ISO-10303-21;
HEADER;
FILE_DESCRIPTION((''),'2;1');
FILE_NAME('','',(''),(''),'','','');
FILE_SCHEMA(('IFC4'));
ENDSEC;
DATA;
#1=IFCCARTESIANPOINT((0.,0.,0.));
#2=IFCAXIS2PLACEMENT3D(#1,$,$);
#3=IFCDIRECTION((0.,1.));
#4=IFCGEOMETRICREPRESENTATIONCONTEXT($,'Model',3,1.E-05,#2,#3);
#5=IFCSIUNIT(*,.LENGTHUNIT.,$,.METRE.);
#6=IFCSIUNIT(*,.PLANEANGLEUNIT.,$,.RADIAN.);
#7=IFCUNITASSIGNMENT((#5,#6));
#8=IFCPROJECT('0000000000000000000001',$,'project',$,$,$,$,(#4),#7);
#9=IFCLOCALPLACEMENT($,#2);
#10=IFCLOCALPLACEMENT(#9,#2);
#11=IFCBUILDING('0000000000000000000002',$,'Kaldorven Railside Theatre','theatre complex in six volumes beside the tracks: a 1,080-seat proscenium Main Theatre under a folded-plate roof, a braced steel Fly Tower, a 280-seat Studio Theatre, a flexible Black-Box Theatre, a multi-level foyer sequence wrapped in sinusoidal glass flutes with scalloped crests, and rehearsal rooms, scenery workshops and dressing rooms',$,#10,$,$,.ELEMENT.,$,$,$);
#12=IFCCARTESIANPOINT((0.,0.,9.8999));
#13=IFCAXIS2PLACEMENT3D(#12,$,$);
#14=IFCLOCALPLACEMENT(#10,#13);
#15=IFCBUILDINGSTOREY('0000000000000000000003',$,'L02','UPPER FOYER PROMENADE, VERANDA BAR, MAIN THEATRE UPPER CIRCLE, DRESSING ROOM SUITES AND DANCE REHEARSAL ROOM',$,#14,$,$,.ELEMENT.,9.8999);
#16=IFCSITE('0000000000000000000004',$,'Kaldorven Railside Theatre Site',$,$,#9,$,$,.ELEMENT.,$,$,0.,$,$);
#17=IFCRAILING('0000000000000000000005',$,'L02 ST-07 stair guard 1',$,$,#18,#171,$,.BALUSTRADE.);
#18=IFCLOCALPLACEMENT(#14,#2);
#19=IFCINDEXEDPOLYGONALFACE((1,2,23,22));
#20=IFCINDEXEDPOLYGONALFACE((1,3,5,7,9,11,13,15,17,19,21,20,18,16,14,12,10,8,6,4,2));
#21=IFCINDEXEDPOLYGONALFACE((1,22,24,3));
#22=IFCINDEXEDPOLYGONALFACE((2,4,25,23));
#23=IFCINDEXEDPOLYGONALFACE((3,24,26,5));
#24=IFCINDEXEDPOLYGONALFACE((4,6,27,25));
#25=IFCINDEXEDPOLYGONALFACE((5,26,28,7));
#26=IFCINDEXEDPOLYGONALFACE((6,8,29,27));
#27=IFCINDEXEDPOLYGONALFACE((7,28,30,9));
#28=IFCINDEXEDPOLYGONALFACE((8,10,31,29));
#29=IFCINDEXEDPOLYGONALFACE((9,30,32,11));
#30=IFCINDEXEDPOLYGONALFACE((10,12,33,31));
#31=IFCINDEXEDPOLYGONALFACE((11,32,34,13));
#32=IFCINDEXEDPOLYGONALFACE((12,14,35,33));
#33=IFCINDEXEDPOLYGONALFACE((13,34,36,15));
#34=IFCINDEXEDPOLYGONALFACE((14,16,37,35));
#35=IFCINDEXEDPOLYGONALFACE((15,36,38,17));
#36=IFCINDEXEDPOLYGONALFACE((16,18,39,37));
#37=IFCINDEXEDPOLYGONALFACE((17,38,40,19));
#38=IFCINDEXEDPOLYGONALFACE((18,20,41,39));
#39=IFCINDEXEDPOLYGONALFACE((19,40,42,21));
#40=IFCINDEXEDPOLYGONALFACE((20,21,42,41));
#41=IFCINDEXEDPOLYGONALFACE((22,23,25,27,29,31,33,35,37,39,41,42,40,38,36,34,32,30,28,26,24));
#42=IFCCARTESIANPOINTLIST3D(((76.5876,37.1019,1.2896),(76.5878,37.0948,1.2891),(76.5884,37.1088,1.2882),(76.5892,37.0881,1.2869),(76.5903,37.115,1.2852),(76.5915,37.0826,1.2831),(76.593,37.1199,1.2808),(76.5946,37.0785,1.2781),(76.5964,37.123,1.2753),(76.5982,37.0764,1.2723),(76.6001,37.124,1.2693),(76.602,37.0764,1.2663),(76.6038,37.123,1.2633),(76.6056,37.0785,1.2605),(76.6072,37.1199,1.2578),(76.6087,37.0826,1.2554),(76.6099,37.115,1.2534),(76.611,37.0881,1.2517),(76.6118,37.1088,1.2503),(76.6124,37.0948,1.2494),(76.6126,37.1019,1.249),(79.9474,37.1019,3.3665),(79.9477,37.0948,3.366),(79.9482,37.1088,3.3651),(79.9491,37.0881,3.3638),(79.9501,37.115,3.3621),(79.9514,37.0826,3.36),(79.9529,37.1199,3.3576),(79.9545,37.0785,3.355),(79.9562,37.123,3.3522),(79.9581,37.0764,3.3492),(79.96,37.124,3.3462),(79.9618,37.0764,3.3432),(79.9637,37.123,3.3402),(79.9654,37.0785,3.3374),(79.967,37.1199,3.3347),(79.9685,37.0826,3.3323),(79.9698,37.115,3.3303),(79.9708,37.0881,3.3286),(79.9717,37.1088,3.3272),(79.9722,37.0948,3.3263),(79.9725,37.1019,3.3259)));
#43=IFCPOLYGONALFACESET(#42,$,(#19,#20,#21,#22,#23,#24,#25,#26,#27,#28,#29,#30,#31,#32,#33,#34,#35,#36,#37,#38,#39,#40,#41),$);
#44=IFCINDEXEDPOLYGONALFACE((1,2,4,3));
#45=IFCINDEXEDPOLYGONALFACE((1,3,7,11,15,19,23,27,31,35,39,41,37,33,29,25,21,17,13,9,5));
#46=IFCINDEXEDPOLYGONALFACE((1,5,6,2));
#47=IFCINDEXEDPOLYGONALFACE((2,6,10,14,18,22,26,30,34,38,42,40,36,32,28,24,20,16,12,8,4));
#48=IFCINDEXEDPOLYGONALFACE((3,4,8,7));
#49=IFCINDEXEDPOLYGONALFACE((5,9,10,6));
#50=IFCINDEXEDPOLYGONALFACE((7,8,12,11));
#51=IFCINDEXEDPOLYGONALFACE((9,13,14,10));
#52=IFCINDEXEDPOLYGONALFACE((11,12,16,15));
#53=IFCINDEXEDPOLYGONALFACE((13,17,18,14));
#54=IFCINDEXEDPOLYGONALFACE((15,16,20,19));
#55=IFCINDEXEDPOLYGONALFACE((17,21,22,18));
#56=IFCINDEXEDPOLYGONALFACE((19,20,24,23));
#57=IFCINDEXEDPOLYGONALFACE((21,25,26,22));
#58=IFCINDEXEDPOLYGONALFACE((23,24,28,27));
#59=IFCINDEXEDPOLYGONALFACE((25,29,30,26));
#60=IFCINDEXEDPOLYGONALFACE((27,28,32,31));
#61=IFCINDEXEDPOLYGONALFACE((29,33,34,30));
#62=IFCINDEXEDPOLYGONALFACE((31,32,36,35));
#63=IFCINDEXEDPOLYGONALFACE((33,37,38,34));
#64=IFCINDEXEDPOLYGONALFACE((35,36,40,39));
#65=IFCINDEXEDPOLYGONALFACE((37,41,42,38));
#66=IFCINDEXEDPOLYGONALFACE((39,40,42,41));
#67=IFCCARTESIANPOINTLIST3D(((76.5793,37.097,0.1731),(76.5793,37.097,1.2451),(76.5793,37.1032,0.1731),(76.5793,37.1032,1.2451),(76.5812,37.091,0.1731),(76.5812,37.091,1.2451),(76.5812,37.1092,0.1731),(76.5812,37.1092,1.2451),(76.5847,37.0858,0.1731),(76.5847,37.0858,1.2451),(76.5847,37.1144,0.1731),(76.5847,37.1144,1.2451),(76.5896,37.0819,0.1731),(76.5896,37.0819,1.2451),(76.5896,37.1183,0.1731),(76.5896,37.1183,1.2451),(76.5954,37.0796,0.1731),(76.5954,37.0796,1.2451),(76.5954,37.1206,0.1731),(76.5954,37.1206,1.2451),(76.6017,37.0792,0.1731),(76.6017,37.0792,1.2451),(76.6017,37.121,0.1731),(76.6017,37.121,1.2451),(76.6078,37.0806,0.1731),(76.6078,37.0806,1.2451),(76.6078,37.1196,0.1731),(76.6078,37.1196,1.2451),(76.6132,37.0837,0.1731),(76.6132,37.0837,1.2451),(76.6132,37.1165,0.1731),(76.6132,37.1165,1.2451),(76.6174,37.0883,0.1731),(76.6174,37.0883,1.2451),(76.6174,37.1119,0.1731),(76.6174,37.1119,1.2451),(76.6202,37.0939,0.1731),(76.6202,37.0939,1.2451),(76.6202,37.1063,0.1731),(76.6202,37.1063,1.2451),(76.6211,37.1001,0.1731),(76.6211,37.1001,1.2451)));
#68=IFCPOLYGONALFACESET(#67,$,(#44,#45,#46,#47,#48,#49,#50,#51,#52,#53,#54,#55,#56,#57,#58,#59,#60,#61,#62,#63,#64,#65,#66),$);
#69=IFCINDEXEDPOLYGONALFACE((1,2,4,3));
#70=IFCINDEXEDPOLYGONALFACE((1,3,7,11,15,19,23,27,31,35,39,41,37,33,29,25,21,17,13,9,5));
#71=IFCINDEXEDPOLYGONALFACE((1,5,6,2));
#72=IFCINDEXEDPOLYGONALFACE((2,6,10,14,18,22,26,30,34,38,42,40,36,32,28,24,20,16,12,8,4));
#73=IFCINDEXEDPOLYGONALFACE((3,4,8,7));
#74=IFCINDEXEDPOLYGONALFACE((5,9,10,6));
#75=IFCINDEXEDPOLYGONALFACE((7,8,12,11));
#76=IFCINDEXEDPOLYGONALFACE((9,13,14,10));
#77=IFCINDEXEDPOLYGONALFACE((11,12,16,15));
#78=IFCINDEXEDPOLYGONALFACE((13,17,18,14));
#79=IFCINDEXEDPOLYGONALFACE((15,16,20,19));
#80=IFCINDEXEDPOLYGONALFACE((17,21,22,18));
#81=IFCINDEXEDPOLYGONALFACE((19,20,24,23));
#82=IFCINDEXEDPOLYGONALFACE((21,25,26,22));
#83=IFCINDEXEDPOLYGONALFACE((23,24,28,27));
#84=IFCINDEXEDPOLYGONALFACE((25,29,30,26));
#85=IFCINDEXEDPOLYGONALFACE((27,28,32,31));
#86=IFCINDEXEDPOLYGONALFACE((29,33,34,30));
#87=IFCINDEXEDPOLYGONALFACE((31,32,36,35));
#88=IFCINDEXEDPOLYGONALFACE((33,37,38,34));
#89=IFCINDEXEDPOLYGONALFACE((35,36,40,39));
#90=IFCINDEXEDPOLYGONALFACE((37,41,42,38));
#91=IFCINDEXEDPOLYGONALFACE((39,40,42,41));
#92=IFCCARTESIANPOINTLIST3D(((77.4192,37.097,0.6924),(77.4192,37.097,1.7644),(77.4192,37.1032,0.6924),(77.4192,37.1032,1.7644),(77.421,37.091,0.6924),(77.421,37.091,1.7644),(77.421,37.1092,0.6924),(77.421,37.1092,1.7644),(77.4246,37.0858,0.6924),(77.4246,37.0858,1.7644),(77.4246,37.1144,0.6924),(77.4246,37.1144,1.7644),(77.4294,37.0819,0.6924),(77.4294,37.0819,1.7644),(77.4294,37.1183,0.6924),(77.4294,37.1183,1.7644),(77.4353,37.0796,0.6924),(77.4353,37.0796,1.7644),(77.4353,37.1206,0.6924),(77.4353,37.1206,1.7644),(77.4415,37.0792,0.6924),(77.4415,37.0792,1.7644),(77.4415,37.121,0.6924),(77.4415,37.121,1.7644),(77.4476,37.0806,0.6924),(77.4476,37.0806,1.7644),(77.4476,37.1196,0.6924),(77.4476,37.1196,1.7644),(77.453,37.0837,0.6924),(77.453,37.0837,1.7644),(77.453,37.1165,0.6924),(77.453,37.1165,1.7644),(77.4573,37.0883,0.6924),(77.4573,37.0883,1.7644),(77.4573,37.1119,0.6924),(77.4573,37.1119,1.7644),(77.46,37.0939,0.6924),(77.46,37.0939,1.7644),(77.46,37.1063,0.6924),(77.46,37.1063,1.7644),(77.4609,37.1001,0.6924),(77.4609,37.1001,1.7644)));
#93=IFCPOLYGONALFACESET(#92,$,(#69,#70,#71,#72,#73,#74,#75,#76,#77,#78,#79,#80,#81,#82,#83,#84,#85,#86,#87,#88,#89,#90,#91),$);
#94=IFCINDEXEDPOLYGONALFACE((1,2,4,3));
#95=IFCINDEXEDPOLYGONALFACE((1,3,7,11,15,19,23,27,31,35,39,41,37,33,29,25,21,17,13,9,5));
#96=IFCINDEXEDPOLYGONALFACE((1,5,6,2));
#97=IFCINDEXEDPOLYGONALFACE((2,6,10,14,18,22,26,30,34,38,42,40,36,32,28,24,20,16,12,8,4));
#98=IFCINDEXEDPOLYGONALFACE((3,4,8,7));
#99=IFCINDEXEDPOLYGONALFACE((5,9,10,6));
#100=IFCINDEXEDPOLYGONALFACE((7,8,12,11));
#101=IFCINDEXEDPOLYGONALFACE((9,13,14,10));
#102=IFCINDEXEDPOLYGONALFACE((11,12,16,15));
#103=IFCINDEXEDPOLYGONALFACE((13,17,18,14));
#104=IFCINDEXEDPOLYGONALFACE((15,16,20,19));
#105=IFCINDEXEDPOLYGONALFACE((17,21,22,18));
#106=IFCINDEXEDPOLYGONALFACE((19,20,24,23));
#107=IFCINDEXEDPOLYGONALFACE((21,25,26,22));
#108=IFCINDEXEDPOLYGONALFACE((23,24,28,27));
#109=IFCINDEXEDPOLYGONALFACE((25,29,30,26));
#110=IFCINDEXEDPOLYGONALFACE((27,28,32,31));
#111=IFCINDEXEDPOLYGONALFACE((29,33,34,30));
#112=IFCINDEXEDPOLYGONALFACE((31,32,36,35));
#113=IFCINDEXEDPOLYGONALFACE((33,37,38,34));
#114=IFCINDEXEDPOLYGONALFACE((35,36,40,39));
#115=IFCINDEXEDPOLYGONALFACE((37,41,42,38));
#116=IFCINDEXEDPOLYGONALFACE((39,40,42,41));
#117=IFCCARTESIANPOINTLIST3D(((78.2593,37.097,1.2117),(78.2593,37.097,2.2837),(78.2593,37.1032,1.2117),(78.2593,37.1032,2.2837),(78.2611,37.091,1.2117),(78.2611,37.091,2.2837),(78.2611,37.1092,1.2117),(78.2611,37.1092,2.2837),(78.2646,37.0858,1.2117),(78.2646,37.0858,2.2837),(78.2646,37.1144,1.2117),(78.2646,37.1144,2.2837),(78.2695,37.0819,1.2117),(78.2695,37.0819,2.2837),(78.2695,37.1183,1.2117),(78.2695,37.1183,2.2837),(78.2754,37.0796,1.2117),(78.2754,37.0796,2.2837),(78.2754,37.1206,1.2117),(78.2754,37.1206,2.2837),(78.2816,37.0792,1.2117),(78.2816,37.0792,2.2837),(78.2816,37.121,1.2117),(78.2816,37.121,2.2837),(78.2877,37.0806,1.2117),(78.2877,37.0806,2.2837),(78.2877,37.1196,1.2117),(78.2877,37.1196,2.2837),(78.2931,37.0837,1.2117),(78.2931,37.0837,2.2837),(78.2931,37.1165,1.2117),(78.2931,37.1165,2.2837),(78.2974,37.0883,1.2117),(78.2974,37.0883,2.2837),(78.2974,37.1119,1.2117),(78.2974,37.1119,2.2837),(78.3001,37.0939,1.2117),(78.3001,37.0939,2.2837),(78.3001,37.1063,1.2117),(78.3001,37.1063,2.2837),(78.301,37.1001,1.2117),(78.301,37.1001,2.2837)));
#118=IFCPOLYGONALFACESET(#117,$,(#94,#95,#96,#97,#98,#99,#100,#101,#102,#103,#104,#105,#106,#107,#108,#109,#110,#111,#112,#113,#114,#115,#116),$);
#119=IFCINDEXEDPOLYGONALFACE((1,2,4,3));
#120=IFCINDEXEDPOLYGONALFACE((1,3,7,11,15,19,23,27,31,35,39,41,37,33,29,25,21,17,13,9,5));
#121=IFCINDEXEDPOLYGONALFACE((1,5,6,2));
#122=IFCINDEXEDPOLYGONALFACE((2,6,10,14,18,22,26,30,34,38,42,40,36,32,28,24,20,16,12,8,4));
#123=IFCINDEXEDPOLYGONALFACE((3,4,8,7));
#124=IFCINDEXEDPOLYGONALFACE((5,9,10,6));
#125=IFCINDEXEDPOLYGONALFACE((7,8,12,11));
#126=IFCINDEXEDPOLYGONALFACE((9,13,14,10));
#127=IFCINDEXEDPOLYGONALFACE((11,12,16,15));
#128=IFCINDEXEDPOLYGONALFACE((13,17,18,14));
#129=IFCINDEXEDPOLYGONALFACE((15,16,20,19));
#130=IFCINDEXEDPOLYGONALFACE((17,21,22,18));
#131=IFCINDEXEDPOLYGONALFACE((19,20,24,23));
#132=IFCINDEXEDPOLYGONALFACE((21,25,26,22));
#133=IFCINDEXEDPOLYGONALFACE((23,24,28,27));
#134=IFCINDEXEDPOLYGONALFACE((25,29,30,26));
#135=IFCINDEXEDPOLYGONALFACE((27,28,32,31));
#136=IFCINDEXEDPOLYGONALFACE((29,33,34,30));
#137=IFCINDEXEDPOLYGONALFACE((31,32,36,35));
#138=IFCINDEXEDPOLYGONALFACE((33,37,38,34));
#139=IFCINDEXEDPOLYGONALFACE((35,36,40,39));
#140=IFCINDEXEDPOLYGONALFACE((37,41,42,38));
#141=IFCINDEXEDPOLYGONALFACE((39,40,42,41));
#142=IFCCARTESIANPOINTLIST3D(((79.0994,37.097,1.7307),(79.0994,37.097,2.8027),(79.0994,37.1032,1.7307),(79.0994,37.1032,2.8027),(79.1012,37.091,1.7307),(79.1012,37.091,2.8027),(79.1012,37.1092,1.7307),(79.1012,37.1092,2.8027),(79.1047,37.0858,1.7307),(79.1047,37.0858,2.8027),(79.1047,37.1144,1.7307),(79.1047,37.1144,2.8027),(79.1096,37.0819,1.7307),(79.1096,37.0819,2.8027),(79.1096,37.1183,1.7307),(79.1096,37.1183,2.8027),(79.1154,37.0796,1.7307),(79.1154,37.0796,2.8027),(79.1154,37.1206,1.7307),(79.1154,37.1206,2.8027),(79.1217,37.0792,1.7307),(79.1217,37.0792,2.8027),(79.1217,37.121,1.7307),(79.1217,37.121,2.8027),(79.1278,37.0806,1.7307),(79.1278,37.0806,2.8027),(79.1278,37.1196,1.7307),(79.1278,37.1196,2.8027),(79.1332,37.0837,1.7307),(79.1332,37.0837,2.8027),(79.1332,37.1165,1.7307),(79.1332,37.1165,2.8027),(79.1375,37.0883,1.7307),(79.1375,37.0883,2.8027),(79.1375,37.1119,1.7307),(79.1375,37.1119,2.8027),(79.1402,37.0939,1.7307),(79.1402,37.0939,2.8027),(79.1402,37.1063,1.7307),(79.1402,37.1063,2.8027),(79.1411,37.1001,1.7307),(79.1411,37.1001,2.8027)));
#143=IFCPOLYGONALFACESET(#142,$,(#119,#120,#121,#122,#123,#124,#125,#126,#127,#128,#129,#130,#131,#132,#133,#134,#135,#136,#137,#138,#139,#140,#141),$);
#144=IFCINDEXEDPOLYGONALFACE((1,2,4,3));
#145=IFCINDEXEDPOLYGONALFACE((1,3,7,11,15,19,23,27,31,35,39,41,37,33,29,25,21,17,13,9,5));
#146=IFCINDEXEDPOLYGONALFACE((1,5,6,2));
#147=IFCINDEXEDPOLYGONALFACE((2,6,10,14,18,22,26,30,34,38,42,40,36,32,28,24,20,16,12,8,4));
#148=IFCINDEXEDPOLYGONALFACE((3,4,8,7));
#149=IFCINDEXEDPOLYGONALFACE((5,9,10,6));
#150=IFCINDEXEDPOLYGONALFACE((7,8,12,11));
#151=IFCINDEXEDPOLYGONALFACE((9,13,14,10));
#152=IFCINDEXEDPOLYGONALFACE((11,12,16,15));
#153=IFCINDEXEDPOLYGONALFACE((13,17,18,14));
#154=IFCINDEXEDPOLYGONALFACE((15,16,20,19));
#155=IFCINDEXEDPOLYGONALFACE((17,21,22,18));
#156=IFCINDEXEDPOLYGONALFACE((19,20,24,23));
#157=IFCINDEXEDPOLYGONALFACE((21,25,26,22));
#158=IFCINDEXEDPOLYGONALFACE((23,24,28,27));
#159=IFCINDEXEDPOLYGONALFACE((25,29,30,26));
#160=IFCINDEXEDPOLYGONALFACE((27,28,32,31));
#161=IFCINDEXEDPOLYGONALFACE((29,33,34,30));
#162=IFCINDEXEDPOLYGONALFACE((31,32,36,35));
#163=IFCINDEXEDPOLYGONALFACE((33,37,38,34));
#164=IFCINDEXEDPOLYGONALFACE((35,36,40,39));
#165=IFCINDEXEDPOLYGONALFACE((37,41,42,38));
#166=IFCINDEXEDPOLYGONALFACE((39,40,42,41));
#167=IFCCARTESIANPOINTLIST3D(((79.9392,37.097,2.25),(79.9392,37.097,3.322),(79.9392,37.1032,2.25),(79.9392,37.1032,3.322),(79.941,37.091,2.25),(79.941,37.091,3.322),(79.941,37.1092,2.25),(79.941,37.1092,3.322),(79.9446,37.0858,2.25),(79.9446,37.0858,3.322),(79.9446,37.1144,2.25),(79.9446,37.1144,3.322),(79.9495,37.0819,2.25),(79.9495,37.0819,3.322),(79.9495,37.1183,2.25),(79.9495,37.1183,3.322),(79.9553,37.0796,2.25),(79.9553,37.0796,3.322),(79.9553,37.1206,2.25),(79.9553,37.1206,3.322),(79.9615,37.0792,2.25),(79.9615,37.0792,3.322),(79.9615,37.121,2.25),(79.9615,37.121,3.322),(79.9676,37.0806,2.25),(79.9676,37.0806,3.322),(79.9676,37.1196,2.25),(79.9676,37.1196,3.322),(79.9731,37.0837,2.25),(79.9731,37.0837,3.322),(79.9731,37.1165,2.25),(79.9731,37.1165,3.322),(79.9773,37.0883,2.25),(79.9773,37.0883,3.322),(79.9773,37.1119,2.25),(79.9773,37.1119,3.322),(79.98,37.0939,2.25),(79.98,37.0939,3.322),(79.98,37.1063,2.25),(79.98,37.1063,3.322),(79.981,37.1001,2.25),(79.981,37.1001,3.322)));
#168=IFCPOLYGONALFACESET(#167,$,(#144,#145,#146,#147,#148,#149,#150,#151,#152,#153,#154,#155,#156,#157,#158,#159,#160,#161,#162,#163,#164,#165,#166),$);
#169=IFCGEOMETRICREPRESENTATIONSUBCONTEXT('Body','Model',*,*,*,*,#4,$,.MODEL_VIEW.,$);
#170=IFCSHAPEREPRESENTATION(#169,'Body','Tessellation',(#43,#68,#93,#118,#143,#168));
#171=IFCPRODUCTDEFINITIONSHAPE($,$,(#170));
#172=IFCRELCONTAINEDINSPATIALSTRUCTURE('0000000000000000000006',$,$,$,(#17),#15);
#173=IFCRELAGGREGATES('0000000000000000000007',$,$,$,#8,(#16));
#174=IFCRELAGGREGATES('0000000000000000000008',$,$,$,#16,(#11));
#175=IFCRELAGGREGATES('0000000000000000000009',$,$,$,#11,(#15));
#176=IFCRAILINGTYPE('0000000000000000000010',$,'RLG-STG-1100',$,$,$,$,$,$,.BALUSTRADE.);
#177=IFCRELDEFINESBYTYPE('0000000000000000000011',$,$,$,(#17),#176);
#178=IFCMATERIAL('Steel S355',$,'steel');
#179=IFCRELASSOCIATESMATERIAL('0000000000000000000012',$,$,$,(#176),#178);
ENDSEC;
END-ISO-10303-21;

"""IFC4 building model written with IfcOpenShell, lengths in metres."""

from ifc_helpers import new_model, si_unit, direction, frame, origin, origin_2d, place, context, subcontext, project, spatial, circle, extrude, material, type_object, element, save


model = new_model("IFC4")

# Units and contexts
model_context = context("Model", 3, precision=1e-05, world=origin(), true_north=direction((0.0, 1.0)))
body_context = subcontext(model_context, "Body", "Model", "MODEL_VIEW")
ifc_project = project(units=[si_unit("LENGTHUNIT", "METRE"), si_unit("PLANEANGLEUNIT", "RADIAN")], contexts=[model_context])

# Site, building, storey
site_placement = place(None, origin())
site = spatial("IfcSite", under=ifc_project, at=site_placement, Name="Kaldorven Railside Theatre Site", CompositionType="ELEMENT", RefElevation=0.0)
building_placement = place(site_placement, origin())
building = spatial("IfcBuilding", under=site, at=building_placement, Name="Kaldorven Railside Theatre", Description="theatre complex in six volumes beside the tracks: a 1,080-seat proscenium Main Theatre under a folded-plate roof, a braced steel Fly Tower, a 280-seat Studio Theatre, a flexible Black-Box Theatre, a multi-level foyer sequence wrapped in sinusoidal glass flutes with scalloped crests, and rehearsal rooms, scenery workshops and dressing rooms", CompositionType="ELEMENT")
storey_placement = place(building_placement, frame((0.0, 0.0, 9.8999)))
storey = spatial("IfcBuildingStorey", under=building, at=storey_placement, Name="L02", Description="UPPER FOYER PROMENADE, VERANDA BAR, MAIN THEATRE UPPER CIRCLE, DRESSING ROOM SUITES AND DANCE REHEARSAL ROOM", CompositionType="ELEMENT", Elevation=9.8999)

# Shared definitions
ifc_material_1 = material(Name="Steel S355", Category="steel")

# Railing
railing_type_1 = type_object("IfcRailingType", Name="RLG-STG-1100", PredefinedType="BALUSTRADE", material=ifc_material_1)
railing_1_placement = place(storey_placement, frame((76.6001, 37.1001, 0.1731)))
element("IfcRailing", 1, at=railing_1_placement, inside=storey, type_object=railing_type_1, Name="L02 ST-07 stair guard 1", PredefinedType="BALUSTRADE", context=body_context, shape_type="SweptSolid", body=[
    extrude(circle(Radius=0.0239, at=origin_2d()), frame((0.0, 0.0, 1.0962), z_axis=(0.850606, 0.0, 0.525803), x_axis=(0.0, 1.0, 0.0)), (0.0, 0.0, 1.0), 3.95),
    extrude(circle(Radius=0.021, at=origin_2d()), origin(), (0.0, 0.0, 1.0), 1.072),
    extrude(circle(Radius=0.021, at=origin_2d()), frame((0.8398, 0.0, 0.5193)), (0.0, 0.0, 1.0), 1.072),
    extrude(circle(Radius=0.021, at=origin_2d()), frame((1.6799, 0.0, 1.0386)), (0.0, 0.0, 1.0), 1.072),
    extrude(circle(Radius=0.021, at=origin_2d()), frame((2.52, 0.0, 1.5576)), (0.0, 0.0, 1.0), 1.072),
    extrude(circle(Radius=0.021, at=origin_2d()), frame((3.3599, 0.0, 2.0769)), (0.0, 0.0, 1.0), 1.072),
])

save(model, "model.ifc")
